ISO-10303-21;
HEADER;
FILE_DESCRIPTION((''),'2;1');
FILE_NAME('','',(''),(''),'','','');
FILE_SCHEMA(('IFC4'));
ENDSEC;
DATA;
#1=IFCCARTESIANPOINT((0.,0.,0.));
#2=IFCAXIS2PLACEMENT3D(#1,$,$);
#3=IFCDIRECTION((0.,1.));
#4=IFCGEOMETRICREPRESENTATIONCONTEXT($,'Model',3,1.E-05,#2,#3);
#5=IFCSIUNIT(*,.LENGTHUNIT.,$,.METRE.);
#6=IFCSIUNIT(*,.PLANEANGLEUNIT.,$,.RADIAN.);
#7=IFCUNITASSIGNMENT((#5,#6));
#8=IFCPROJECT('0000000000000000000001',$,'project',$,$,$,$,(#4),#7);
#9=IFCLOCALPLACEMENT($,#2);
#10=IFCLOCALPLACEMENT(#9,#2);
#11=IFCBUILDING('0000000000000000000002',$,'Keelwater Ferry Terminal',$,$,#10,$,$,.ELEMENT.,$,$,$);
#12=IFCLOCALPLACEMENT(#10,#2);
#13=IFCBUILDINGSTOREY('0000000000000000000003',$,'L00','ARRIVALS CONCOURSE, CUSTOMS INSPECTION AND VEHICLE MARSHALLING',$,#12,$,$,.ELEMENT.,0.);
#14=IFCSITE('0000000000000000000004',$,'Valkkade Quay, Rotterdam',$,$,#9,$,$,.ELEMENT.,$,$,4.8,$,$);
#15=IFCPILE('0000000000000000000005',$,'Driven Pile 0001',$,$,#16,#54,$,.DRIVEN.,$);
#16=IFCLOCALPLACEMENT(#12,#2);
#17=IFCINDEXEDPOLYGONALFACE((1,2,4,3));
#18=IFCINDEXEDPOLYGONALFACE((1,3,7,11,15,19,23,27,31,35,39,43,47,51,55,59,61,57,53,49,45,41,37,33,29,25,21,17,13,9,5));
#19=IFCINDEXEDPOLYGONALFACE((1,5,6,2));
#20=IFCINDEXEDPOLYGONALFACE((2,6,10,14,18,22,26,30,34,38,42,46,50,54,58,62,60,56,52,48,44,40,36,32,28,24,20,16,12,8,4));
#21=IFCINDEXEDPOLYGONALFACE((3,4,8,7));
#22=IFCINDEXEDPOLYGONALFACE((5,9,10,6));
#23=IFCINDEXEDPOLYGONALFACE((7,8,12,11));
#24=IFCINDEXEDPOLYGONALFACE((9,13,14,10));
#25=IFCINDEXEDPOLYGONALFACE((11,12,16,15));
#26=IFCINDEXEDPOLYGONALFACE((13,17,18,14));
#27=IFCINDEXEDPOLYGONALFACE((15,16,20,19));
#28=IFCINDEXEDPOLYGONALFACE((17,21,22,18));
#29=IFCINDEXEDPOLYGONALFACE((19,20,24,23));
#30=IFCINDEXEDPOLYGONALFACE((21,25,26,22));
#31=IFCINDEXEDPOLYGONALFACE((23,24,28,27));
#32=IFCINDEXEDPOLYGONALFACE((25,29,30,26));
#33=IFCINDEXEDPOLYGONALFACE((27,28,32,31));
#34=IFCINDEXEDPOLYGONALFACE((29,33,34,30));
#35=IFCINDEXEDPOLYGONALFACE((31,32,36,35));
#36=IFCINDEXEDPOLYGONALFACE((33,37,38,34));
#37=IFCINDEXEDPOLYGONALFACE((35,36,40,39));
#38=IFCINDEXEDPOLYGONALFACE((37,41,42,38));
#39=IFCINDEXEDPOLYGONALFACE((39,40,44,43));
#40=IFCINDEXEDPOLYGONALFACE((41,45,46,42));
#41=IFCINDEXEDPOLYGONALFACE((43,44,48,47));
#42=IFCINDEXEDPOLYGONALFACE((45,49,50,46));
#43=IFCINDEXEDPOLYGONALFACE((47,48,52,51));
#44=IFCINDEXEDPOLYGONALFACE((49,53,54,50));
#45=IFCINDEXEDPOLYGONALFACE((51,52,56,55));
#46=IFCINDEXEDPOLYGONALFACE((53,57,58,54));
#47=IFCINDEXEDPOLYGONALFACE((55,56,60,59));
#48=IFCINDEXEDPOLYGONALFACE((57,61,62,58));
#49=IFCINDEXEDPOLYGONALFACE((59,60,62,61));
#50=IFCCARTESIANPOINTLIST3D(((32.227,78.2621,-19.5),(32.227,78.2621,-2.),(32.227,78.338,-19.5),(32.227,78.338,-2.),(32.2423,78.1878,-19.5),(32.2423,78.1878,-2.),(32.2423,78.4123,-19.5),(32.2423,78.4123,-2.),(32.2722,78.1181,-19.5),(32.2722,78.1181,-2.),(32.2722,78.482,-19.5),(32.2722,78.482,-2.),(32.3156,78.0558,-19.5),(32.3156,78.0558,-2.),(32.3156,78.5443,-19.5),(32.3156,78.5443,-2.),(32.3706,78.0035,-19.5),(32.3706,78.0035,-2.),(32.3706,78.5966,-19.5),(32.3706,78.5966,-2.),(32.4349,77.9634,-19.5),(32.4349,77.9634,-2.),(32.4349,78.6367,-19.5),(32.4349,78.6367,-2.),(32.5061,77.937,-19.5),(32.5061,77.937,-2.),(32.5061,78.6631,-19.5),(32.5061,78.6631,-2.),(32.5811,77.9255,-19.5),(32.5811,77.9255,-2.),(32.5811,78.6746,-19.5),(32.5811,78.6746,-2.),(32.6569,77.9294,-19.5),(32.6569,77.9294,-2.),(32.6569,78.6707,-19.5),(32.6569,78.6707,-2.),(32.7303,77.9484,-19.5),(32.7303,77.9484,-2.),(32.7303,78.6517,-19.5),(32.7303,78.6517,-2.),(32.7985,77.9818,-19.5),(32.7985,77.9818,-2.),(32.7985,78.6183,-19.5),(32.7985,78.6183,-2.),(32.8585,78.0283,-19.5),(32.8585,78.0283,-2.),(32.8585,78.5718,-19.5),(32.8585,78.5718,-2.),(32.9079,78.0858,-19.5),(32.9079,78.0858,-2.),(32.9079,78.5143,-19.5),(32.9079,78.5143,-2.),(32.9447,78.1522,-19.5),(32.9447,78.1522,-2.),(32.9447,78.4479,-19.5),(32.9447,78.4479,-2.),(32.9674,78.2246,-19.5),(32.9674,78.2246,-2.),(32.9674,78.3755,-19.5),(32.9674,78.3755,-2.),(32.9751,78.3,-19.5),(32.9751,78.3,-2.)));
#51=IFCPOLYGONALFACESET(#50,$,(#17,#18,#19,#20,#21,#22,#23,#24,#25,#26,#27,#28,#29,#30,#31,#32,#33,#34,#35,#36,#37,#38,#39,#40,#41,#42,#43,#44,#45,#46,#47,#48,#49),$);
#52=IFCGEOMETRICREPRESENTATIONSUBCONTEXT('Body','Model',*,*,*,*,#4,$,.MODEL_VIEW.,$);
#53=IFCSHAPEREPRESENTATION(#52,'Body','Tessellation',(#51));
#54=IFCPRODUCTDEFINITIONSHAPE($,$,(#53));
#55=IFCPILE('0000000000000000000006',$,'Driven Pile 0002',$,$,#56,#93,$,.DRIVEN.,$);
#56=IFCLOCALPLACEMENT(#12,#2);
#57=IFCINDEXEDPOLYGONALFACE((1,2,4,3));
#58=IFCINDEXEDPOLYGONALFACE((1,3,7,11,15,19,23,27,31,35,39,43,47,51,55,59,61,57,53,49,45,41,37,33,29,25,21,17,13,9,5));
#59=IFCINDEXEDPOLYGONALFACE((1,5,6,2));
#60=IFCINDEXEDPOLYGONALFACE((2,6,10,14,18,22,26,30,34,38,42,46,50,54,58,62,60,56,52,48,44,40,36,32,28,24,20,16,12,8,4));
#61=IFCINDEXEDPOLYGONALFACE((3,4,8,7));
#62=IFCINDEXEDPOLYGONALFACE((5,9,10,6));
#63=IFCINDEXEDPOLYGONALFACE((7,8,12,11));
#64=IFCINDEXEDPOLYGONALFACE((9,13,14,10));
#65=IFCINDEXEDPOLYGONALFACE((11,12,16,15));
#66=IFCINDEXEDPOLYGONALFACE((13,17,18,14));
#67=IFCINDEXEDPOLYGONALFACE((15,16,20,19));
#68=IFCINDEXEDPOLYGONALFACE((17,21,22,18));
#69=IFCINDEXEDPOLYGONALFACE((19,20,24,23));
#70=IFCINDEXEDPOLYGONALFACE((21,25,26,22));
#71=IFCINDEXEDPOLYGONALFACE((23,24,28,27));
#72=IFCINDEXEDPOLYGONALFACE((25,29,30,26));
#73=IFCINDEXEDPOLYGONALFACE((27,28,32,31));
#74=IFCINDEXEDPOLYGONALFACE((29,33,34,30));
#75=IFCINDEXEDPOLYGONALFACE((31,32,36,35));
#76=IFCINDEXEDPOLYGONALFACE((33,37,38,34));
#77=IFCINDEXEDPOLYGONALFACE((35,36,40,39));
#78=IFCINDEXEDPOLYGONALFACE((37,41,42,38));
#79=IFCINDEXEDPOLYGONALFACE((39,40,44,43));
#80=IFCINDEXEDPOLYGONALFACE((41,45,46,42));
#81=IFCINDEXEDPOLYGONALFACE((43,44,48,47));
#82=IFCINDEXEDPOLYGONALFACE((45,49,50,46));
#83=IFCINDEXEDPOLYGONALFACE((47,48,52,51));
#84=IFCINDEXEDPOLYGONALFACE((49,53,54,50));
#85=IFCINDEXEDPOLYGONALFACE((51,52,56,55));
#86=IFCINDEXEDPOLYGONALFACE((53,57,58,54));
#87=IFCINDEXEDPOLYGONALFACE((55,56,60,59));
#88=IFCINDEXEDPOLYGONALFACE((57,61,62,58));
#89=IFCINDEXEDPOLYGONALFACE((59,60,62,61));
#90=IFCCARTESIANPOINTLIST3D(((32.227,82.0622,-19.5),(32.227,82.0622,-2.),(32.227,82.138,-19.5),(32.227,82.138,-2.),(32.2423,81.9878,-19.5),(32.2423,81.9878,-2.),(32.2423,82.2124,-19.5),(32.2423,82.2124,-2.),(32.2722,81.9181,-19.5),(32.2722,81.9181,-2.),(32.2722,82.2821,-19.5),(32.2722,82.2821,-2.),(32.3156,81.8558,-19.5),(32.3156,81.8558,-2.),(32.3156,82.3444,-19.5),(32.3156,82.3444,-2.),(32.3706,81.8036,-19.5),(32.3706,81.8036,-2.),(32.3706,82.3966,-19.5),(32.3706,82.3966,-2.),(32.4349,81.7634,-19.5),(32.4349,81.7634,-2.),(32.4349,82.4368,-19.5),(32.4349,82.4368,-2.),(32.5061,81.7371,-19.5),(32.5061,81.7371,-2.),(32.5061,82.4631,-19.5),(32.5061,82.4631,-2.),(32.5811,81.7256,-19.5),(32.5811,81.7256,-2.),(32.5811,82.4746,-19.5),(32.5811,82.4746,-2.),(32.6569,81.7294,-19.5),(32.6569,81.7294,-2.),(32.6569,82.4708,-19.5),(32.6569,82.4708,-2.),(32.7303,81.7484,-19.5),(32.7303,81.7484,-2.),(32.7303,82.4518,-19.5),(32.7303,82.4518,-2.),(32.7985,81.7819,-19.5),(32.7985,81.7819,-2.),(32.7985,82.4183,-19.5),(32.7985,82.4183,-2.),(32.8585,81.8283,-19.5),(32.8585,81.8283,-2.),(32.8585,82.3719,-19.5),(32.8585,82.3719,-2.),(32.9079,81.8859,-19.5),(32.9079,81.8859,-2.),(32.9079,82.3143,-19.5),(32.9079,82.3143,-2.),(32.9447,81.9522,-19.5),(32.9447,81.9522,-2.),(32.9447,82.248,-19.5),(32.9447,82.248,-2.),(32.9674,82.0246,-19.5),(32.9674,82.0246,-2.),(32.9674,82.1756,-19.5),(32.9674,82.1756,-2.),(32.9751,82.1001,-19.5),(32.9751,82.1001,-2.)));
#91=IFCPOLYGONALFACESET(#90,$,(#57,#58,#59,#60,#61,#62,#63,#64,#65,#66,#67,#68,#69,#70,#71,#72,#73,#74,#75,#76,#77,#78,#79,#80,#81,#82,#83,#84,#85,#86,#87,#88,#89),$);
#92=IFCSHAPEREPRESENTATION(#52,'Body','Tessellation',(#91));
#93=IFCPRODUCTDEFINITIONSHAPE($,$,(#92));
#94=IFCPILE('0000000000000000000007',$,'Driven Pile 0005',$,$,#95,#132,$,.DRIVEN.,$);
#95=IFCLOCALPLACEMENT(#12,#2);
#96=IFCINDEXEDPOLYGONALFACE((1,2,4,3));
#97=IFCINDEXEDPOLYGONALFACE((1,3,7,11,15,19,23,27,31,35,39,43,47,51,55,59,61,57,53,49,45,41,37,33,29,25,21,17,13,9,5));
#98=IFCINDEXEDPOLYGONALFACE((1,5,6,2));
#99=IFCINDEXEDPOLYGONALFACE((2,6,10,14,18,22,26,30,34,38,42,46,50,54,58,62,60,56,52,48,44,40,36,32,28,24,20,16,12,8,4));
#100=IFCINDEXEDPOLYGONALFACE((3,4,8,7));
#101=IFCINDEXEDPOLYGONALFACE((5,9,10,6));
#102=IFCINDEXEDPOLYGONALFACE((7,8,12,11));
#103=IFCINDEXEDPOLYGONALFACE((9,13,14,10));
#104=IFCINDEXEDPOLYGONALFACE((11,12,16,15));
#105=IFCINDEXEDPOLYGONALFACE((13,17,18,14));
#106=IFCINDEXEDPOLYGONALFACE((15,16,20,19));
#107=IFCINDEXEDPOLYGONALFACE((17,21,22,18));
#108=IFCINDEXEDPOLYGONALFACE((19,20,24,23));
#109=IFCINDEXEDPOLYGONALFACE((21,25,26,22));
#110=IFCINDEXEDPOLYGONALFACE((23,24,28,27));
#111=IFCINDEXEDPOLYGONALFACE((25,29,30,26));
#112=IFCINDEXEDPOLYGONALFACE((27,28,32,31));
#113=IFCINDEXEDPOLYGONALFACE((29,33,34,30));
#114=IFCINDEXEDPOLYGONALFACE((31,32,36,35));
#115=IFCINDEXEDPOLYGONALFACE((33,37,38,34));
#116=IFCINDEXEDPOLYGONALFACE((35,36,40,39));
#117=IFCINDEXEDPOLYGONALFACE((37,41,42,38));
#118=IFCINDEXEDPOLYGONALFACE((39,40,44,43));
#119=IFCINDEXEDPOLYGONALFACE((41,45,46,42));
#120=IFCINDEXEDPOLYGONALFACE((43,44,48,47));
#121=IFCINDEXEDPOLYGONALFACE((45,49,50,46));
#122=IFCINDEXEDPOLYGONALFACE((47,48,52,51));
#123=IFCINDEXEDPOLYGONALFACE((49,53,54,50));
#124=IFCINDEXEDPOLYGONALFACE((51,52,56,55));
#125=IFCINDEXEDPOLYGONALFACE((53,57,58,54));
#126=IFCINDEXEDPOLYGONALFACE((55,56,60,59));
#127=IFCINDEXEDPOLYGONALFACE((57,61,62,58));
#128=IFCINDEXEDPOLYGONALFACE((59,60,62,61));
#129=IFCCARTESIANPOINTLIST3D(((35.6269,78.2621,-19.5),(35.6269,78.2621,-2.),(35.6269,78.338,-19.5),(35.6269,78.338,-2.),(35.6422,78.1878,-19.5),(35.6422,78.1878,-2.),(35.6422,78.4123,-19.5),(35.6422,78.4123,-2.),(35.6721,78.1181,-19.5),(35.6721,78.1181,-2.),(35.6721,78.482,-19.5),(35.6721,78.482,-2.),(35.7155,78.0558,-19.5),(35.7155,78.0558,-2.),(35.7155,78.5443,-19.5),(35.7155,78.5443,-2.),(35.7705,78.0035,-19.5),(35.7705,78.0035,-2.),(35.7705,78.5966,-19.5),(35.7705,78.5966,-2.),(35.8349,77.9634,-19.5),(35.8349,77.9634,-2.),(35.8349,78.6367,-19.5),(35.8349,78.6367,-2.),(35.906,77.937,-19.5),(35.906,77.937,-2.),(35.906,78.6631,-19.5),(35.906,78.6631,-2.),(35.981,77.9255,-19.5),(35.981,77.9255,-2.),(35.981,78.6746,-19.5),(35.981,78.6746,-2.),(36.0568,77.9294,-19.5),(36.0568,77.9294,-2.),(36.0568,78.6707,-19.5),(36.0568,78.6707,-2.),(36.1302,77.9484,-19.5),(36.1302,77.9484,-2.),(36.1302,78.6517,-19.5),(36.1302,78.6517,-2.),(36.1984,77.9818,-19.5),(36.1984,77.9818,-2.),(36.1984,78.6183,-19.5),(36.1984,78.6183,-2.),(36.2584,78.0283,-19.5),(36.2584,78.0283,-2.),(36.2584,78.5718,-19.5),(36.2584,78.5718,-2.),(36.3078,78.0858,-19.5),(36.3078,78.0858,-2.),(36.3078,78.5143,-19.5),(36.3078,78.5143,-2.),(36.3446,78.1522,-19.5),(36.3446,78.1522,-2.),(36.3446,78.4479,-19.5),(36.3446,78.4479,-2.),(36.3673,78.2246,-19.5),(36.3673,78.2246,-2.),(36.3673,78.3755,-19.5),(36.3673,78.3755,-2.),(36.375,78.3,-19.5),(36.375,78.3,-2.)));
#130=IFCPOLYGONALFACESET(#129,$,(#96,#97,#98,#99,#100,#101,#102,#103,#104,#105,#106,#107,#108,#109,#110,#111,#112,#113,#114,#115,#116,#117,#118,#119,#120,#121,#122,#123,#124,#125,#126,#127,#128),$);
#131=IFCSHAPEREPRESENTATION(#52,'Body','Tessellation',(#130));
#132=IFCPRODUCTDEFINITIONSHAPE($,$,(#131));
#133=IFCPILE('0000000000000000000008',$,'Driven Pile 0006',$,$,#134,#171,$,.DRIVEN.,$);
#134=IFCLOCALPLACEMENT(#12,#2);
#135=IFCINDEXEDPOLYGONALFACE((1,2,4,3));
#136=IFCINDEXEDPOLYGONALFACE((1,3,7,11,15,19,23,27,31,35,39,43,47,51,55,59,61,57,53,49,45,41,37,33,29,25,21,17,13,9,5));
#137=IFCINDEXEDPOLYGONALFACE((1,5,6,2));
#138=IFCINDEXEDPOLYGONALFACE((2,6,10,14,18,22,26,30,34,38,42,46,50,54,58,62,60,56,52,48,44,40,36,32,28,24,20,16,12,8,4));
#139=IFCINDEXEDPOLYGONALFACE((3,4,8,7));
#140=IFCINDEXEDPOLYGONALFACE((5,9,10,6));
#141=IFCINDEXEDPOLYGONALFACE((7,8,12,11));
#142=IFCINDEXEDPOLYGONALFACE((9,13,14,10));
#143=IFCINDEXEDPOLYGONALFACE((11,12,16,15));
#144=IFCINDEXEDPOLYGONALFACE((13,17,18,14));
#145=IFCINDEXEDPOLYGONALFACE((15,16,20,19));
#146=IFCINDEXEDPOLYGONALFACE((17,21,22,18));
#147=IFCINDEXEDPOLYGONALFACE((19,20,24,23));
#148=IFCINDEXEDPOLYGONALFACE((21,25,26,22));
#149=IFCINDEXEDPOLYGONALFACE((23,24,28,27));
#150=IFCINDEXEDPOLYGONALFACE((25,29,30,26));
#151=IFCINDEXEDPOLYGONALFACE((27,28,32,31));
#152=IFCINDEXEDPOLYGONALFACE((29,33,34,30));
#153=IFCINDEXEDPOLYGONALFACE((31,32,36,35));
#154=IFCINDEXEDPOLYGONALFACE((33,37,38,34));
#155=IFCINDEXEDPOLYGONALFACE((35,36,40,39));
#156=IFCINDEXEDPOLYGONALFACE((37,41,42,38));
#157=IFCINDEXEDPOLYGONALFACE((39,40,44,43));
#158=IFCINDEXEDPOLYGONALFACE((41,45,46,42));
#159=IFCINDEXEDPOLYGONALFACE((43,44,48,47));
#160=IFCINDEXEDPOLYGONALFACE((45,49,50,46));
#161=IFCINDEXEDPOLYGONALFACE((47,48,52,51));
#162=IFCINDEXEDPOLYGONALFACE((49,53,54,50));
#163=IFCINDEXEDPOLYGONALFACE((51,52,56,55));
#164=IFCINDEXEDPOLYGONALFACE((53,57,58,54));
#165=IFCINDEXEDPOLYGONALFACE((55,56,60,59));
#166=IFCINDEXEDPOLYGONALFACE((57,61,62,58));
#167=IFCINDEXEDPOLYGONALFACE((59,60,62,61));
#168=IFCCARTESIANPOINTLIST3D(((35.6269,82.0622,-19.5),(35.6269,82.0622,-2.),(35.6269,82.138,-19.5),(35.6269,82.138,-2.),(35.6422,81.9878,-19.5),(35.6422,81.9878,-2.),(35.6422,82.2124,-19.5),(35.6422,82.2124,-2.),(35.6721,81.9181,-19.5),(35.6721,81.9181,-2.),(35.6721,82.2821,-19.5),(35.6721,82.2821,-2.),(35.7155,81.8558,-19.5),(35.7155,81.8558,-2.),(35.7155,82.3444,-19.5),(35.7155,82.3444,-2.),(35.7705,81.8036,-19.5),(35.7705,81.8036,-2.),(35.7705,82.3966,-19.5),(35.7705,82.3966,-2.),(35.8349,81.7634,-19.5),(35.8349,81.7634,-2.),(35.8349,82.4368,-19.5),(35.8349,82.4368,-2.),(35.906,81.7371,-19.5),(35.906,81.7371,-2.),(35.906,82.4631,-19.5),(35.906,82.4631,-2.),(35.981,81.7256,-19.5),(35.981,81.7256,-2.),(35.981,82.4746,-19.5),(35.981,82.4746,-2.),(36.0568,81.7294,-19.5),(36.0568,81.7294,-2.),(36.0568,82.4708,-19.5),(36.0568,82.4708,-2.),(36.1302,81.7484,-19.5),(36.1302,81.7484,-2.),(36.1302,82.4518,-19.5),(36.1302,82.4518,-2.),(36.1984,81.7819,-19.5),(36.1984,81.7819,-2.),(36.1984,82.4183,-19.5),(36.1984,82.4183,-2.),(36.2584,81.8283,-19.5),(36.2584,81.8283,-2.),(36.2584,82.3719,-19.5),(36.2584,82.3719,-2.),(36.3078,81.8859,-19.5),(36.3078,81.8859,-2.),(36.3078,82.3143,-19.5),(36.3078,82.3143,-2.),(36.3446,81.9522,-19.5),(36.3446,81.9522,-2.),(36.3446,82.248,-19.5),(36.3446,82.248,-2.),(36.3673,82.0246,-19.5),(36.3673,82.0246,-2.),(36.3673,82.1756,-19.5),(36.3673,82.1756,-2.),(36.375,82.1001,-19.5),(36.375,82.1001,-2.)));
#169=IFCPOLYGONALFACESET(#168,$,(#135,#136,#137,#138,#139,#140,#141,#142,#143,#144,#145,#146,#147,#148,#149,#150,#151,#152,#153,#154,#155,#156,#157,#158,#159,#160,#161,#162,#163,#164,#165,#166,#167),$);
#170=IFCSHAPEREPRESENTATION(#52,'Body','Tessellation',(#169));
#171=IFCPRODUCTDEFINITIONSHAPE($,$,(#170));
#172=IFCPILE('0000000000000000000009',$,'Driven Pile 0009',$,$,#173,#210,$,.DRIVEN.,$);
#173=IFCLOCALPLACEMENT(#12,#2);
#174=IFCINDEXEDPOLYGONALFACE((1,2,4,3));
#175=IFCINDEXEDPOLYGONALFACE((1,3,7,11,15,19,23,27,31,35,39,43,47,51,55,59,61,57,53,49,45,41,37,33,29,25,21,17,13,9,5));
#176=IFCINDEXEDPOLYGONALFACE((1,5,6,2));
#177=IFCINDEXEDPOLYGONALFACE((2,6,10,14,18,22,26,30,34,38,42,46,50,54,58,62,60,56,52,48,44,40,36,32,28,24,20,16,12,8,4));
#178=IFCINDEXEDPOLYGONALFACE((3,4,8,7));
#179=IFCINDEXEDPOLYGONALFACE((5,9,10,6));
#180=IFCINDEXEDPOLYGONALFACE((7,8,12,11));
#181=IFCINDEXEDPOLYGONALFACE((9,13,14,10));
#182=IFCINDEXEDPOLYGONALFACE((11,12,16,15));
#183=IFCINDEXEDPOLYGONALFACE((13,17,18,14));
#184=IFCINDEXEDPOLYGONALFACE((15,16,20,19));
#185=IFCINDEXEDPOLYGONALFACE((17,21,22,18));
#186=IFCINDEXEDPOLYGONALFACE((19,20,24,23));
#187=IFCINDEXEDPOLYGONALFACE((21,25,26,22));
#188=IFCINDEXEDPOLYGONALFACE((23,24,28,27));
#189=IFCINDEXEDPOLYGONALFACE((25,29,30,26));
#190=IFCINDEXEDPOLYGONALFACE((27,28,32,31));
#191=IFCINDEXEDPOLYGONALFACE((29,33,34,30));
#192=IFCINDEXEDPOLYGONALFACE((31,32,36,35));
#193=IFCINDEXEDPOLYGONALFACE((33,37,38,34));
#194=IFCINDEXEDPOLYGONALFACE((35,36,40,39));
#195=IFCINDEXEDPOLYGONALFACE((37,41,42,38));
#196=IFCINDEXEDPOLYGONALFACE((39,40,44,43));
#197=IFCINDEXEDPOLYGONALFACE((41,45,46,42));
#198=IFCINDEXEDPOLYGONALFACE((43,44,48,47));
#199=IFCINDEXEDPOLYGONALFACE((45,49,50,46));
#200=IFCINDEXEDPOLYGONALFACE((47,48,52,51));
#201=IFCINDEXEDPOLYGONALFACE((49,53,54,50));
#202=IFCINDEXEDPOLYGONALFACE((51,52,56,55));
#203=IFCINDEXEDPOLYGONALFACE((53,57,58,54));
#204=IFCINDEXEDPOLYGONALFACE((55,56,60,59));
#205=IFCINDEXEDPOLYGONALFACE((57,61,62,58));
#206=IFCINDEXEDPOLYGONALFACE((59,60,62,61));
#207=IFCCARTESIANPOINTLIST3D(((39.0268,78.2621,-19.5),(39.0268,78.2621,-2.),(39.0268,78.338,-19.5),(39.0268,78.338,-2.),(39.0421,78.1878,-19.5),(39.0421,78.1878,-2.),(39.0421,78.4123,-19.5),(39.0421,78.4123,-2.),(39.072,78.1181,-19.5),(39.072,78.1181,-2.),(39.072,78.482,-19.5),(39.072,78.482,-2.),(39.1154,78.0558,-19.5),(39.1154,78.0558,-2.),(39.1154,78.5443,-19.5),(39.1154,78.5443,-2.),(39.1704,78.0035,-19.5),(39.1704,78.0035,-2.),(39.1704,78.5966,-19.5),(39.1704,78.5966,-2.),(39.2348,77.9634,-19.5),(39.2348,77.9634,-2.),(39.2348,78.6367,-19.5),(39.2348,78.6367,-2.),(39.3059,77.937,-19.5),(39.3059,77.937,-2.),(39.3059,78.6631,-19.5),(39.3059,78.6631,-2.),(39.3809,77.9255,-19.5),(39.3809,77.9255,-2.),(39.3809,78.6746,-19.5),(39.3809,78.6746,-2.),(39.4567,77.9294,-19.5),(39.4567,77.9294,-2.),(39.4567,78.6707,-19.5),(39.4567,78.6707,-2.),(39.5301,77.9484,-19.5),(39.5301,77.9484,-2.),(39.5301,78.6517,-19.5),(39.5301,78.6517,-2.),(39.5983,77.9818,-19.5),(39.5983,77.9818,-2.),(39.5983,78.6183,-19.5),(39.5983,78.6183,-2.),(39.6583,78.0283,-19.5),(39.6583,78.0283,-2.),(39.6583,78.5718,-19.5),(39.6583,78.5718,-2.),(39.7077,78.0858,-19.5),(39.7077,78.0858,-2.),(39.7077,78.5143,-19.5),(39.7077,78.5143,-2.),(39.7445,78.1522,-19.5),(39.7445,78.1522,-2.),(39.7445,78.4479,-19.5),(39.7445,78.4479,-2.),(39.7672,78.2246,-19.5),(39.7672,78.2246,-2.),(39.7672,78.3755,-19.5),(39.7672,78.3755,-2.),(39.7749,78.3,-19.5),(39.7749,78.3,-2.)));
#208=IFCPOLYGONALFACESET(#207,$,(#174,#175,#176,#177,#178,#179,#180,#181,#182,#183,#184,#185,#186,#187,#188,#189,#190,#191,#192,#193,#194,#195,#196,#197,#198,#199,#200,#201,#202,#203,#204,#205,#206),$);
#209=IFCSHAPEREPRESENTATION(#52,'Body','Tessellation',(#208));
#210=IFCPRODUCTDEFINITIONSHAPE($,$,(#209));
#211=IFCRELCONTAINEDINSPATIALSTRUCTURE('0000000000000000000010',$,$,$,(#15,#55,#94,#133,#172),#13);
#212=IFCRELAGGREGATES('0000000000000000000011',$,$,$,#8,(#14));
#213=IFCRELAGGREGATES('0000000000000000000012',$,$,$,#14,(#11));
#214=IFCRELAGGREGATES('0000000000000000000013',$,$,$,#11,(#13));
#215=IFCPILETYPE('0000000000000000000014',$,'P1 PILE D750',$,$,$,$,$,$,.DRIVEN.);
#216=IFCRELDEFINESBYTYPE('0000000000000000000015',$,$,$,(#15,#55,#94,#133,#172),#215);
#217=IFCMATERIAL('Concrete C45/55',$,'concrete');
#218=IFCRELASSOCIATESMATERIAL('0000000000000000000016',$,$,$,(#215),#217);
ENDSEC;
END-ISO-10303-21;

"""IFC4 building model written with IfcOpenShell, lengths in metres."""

from ifc_helpers import new_model, si_unit, direction, frame, origin, origin_2d, place, context, subcontext, project, spatial, circle, extrude, material, material_profile, profile_set, type_object, element, save


model = new_model("IFC4")

# Units and contexts
model_context = context("Model", 3, precision=1e-05, world=origin(), true_north=direction((0.0, 1.0)))
body_context = subcontext(model_context, "Body", "Model", "MODEL_VIEW")
ifc_project = project(units=[si_unit("LENGTHUNIT", "METRE"), si_unit("PLANEANGLEUNIT", "RADIAN")], contexts=[model_context])

# Site, building, storey
site_placement = place(None, origin())
site = spatial("IfcSite", under=ifc_project, at=site_placement, Name="Valkkade Quay, Rotterdam", CompositionType="ELEMENT", RefElevation=4.8)
building_placement = place(site_placement, origin())
building = spatial("IfcBuilding", under=site, at=building_placement, Name="Keelwater Ferry Terminal", CompositionType="ELEMENT")
storey_placement = place(building_placement, origin())
storey = spatial("IfcBuildingStorey", under=building, at=storey_placement, Name="L00", Description="ARRIVALS CONCOURSE, CUSTOMS INSPECTION AND VEHICLE MARSHALLING", CompositionType="ELEMENT", Elevation=0.0)

# Piles
ifc_material_1 = material(Name="Concrete C45/55", Category="concrete")
ifc_material_profile_1 = material_profile(ifc_material_1, circle(Radius=0.375, at=origin_2d()), Name="PILE D750")
ifc_profile_set_1 = profile_set([ifc_material_profile_1], Name="Concrete C45/55")
pile_type_1 = type_object("IfcPileType", Name="P1 PILE D750", PredefinedType="DRIVEN", material=ifc_profile_set_1)
for number, where, z_axis, x_axis, name in (
    (1, (32.6001, 78.3, -2.0), (0.0, 0.0, -1.0), (1.0, 0.0, 0.0), "Driven Pile 0001"),
    (2, (32.6001, 82.1001, -2.0), (0.0, 0.0, -1.0), (1.0, 0.0, 0.0), "Driven Pile 0002"),
    (3, (36.0, 78.3, -2.0), (0.0, 0.0, -1.0), (1.0, 0.0, 0.0), "Driven Pile 0005"),
    (4, (36.0, 82.1001, -2.0), (0.0, 0.0, -1.0), (1.0, 0.0, 0.0), "Driven Pile 0006"),
    (5, (39.3999, 78.3, -2.0), (0.0, 0.0, -1.0), (1.0, 0.0, 0.0), "Driven Pile 0009"),
):
    element("IfcPile", number, at=place(storey_placement, frame(where, z_axis=z_axis, x_axis=x_axis)), inside=storey, type_object=pile_type_1, Name=name, PredefinedType="DRIVEN", context=body_context, shape_type="SweptSolid", body=[
        extrude(circle(Radius=0.375, at=origin_2d()), origin(), (0.0, 0.0, 1.0), 17.5),
    ])

save(model, "model.ifc")
